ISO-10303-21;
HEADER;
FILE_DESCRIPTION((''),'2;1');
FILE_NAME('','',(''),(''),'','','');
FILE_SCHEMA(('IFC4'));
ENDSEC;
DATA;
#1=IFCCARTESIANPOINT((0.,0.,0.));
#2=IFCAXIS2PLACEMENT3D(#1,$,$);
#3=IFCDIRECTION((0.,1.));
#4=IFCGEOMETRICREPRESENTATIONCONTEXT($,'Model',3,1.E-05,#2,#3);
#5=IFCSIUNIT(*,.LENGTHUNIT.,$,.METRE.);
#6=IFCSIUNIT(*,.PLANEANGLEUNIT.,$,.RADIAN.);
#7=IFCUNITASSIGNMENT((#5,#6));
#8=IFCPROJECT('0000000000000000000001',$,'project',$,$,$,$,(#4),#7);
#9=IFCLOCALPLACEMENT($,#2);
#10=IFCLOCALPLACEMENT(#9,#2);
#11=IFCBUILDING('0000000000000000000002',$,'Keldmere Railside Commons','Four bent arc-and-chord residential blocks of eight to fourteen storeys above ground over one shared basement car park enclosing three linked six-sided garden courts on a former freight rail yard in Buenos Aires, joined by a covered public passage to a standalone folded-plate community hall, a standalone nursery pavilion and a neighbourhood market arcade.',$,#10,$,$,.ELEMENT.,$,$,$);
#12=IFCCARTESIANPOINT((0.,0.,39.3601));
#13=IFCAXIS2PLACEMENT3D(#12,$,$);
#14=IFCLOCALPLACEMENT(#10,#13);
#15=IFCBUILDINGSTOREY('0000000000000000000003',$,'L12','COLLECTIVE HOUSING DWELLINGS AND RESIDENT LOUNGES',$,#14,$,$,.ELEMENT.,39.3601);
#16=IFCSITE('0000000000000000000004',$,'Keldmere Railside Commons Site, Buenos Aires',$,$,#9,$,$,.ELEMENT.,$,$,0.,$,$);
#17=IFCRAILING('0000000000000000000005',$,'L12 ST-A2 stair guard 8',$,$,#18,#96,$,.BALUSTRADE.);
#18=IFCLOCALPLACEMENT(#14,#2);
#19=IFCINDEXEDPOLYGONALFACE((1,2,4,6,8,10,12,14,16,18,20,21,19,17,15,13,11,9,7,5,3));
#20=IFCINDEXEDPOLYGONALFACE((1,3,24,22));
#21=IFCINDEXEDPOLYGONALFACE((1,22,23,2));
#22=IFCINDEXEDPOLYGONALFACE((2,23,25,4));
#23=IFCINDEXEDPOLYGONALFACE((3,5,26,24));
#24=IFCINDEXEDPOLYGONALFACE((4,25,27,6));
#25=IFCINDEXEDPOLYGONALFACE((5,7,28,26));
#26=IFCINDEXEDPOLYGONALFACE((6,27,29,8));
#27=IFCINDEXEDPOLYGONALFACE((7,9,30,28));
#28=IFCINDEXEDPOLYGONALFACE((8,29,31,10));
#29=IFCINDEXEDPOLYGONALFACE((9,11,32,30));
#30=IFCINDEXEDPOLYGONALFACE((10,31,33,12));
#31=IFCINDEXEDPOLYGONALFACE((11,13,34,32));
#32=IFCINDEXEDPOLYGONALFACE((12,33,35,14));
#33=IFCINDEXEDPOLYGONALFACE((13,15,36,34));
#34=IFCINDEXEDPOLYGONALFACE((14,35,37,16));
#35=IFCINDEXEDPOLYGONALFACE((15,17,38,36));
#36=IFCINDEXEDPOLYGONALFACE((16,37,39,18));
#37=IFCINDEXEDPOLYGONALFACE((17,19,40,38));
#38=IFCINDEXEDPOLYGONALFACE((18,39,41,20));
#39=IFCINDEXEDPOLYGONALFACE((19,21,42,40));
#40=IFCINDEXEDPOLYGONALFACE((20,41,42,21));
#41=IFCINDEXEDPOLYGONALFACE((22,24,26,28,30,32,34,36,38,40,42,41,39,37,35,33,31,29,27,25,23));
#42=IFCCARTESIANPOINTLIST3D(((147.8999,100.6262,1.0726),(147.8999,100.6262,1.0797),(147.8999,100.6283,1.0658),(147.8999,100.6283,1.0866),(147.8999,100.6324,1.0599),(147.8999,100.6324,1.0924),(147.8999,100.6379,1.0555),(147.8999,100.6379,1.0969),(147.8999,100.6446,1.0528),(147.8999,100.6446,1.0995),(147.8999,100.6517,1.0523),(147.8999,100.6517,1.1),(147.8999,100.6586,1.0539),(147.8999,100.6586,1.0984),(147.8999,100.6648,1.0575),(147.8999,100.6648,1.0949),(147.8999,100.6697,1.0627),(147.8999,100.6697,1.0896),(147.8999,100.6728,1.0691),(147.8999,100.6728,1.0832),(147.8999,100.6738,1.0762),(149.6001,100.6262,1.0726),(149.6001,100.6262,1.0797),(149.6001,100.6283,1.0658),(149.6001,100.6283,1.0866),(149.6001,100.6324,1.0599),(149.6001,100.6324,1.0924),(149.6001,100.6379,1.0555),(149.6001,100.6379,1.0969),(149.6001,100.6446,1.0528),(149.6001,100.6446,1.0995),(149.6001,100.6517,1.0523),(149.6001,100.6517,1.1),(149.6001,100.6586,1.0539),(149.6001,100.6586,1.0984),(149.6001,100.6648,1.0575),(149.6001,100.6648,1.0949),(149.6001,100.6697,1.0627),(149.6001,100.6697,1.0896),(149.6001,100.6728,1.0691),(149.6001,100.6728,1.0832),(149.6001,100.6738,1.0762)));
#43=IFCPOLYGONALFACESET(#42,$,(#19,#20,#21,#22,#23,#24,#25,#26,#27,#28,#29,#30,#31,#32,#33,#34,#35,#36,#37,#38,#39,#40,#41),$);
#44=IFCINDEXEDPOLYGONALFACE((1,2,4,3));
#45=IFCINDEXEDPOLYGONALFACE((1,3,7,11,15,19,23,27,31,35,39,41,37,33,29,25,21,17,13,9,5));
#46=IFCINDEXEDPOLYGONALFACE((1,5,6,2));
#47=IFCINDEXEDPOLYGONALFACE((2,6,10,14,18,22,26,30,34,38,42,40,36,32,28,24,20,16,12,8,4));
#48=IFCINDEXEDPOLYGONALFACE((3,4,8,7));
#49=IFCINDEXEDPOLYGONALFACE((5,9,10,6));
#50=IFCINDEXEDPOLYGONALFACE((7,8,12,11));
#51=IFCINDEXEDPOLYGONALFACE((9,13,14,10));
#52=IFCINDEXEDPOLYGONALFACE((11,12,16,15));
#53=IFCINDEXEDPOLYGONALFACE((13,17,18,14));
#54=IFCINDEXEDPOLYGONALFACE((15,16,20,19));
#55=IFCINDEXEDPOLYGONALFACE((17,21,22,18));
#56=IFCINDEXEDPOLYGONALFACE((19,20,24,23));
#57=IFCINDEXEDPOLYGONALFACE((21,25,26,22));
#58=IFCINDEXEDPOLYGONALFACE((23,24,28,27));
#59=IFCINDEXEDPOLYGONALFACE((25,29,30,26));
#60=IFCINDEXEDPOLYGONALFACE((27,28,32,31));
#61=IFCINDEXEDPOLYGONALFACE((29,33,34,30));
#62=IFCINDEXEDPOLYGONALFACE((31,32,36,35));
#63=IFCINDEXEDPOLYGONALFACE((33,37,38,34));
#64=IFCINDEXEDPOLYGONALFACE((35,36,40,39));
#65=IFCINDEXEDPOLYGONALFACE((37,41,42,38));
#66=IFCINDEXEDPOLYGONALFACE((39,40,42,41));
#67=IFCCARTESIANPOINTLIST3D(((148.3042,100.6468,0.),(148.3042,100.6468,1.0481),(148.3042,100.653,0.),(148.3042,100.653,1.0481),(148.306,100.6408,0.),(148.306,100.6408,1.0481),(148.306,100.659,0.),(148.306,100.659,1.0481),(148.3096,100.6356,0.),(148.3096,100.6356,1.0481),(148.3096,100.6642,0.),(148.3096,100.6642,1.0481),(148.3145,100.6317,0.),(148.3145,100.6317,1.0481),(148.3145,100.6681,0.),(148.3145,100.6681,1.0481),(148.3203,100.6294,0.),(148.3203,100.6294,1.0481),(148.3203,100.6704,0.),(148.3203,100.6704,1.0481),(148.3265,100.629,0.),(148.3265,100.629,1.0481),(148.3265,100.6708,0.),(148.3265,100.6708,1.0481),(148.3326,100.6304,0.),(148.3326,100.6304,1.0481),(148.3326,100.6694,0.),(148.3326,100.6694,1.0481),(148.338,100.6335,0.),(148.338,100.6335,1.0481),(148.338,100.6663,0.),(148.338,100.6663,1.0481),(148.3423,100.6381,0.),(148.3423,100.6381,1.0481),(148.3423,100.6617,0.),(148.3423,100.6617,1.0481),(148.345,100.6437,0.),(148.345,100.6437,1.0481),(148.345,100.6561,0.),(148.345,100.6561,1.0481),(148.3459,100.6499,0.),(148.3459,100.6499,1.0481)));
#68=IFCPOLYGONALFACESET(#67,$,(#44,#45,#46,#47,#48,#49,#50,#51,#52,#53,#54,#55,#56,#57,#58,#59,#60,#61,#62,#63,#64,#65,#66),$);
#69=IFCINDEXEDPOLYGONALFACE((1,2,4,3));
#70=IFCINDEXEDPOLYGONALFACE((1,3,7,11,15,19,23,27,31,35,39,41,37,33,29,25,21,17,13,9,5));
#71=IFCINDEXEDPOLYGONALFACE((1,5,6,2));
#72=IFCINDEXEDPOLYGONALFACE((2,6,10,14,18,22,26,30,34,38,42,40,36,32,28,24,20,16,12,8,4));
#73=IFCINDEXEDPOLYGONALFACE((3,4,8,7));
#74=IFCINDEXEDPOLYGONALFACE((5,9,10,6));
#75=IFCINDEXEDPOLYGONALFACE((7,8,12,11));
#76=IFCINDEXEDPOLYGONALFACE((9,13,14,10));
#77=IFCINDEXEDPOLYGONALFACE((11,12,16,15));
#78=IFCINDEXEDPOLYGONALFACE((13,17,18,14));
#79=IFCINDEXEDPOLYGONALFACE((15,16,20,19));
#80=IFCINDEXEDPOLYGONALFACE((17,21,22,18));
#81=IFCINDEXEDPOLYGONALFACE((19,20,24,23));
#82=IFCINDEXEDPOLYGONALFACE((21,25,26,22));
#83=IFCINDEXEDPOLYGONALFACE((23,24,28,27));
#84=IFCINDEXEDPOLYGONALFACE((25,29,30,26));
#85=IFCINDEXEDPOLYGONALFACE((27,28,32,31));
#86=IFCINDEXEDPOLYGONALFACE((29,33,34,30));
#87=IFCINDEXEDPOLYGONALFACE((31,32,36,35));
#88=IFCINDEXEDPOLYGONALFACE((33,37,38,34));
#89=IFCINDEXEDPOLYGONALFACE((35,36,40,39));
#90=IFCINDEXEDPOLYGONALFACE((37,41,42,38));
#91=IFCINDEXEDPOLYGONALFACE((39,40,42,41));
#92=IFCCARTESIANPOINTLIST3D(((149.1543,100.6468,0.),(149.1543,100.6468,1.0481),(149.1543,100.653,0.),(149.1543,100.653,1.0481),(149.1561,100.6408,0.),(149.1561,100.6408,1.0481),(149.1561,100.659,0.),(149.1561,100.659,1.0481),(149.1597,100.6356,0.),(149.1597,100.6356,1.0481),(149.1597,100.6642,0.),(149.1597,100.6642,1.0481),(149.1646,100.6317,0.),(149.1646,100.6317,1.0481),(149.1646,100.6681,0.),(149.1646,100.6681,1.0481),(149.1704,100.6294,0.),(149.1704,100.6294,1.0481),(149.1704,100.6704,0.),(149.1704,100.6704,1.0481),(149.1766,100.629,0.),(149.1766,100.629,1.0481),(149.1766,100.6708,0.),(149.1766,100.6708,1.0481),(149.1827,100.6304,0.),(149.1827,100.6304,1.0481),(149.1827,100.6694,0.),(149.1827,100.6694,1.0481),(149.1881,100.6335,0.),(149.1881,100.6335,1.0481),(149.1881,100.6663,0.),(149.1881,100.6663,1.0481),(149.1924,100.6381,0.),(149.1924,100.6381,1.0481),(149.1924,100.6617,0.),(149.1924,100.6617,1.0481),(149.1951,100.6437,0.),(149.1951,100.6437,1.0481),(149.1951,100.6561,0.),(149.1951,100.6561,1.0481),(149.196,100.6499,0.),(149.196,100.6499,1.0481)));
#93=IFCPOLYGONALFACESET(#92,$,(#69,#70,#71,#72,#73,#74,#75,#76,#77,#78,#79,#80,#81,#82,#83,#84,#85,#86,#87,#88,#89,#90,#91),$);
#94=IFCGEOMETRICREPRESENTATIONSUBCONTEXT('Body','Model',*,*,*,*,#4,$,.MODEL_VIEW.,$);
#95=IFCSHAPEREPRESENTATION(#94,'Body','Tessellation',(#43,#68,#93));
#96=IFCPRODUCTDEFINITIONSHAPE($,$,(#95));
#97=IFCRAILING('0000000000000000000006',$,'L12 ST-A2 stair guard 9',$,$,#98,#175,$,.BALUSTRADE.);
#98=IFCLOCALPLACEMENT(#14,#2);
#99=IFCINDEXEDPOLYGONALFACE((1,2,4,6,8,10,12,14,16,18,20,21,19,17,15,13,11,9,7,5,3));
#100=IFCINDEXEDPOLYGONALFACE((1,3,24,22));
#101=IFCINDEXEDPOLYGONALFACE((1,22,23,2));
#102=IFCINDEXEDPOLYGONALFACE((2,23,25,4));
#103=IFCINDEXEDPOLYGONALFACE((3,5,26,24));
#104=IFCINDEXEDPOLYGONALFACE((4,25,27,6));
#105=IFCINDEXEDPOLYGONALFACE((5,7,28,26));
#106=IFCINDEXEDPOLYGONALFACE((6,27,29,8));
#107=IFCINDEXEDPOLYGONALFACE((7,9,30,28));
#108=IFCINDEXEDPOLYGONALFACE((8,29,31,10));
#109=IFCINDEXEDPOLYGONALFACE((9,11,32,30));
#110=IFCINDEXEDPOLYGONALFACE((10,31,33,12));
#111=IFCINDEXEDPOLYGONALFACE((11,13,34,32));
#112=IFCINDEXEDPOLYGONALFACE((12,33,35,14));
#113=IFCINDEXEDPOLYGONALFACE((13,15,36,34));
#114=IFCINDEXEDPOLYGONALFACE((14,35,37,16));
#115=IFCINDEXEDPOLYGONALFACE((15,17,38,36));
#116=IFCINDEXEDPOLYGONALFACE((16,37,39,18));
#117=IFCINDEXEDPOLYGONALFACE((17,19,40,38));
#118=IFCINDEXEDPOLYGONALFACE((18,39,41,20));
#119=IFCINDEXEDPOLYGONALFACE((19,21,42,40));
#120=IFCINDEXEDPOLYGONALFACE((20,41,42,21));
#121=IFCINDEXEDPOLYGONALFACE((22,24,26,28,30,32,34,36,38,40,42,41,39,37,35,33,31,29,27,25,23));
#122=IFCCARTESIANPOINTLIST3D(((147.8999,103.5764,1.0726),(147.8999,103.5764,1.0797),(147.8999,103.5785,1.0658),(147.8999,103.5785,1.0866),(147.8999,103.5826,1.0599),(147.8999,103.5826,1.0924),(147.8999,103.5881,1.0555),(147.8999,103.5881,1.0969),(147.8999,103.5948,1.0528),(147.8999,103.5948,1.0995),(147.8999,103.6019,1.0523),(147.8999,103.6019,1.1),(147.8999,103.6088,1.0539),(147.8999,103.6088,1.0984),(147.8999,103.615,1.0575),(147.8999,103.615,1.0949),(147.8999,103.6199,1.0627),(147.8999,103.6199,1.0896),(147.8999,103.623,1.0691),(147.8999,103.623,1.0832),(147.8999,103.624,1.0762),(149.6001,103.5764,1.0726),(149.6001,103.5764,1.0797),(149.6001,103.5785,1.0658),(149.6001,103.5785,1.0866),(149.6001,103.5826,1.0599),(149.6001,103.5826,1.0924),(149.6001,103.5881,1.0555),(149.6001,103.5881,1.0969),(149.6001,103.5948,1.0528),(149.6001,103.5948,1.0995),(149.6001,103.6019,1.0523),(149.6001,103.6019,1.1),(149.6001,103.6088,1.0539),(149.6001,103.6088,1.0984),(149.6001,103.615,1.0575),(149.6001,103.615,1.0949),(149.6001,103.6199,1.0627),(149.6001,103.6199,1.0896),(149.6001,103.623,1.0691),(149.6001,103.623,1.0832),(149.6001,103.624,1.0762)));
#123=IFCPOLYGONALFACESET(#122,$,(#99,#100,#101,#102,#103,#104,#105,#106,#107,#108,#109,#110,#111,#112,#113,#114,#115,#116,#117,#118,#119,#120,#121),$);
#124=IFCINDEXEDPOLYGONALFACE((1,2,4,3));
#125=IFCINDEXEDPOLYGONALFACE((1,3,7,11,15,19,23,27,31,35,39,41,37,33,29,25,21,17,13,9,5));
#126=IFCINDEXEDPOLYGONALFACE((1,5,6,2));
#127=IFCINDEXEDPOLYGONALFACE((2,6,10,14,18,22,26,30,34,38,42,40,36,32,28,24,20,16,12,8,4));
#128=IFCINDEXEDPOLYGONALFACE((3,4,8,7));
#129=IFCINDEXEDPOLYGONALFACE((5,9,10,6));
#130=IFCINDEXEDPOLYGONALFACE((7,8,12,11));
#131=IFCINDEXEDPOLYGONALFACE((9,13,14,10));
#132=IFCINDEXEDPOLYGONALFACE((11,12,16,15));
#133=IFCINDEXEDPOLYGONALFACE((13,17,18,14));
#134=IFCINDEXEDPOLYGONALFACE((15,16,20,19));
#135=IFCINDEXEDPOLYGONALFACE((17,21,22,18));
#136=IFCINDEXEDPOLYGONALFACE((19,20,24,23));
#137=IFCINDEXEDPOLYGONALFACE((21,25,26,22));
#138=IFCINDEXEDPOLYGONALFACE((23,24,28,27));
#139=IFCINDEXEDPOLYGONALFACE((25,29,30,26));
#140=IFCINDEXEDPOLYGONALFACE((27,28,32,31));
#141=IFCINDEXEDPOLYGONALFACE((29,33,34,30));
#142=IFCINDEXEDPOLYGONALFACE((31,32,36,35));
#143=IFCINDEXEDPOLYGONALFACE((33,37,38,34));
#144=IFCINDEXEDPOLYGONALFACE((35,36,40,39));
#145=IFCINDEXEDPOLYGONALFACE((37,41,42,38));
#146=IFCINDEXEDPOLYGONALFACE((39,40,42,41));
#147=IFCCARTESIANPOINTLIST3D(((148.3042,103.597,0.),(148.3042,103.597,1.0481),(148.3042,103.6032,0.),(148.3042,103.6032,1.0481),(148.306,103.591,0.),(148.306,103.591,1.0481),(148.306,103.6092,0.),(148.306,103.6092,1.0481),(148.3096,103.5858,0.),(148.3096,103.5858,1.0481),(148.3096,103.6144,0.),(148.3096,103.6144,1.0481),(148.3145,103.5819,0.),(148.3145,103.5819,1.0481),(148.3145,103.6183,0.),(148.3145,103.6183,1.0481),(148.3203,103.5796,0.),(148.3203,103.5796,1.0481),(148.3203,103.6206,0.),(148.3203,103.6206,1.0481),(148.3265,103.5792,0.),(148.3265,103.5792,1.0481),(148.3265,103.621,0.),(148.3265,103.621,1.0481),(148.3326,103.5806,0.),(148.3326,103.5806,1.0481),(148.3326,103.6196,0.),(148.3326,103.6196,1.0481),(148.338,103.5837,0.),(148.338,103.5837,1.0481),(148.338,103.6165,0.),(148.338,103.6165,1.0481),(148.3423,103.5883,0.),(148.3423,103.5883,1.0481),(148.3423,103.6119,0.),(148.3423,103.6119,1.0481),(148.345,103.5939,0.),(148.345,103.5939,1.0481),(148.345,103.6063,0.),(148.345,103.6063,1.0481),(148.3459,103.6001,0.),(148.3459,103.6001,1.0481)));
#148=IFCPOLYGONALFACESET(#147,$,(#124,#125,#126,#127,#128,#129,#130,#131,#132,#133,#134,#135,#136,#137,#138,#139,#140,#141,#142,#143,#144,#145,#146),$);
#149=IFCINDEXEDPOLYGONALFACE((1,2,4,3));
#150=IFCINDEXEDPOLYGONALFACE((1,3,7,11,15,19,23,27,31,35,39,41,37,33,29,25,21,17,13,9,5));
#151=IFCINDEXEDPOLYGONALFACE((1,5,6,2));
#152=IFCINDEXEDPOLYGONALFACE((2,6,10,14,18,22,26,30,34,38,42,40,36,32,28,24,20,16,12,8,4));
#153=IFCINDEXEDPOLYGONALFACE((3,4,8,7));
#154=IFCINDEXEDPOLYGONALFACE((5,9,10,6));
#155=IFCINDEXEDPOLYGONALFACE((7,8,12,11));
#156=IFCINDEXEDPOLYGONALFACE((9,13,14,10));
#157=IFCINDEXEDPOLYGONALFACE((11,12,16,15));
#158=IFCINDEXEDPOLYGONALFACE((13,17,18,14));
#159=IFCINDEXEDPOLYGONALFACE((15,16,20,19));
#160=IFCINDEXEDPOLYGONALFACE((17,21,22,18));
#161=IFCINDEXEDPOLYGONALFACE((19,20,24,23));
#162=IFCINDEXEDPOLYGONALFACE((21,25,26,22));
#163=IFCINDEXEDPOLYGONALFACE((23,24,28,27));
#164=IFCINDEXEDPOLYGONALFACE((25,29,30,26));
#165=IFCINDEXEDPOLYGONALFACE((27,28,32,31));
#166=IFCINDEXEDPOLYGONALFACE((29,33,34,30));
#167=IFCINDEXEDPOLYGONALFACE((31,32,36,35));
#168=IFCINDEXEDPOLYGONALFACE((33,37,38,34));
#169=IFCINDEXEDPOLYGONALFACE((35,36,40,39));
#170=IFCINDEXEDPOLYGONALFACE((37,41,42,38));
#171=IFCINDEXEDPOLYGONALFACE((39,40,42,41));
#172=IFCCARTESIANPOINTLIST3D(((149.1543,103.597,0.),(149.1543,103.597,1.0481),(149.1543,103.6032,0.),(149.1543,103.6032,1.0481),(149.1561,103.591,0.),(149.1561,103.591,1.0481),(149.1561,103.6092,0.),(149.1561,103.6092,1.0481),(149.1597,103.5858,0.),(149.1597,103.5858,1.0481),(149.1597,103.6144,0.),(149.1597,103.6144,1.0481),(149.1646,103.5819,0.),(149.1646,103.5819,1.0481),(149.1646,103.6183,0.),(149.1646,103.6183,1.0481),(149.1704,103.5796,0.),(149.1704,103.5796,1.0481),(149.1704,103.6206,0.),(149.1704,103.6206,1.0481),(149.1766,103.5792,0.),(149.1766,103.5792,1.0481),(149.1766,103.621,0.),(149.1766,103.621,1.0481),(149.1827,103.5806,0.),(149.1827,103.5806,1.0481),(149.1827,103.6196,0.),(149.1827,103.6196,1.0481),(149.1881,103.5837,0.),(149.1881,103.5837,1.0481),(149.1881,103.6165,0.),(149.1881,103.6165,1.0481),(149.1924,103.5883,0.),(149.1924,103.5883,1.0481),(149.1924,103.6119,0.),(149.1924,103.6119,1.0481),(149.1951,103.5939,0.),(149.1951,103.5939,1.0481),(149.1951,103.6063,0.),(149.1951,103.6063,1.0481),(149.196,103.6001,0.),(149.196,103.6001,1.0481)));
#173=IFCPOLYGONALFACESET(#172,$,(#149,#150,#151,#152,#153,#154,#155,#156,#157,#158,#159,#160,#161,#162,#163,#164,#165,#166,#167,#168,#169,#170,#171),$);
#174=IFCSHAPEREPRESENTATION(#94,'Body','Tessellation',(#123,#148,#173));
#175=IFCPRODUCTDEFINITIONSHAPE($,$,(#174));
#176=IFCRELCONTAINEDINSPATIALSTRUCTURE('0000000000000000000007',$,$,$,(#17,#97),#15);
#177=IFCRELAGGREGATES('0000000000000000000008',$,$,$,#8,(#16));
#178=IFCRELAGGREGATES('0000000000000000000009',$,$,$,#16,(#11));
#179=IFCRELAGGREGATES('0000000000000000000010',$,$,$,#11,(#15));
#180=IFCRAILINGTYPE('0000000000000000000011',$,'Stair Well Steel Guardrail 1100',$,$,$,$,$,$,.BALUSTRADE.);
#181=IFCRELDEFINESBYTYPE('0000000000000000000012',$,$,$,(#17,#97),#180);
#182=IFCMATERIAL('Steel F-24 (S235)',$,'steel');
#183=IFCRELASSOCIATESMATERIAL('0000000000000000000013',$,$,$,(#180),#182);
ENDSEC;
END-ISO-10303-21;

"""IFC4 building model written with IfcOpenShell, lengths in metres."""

from ifc_helpers import new_model, si_unit, direction, frame, origin, origin_2d, place, context, subcontext, project, spatial, circle, extrude, material, type_object, element, save


model = new_model("IFC4")

# Units and contexts
model_context = context("Model", 3, precision=1e-05, world=origin(), true_north=direction((0.0, 1.0)))
body_context = subcontext(model_context, "Body", "Model", "MODEL_VIEW")
ifc_project = project(units=[si_unit("LENGTHUNIT", "METRE"), si_unit("PLANEANGLEUNIT", "RADIAN")], contexts=[model_context])

# Site, building, storey
site_placement = place(None, origin())
site = spatial("IfcSite", under=ifc_project, at=site_placement, Name="Keldmere Railside Commons Site, Buenos Aires", CompositionType="ELEMENT", RefElevation=0.0)
building_placement = place(site_placement, origin())
building = spatial("IfcBuilding", under=site, at=building_placement, Name="Keldmere Railside Commons", Description="Four bent arc-and-chord residential blocks of eight to fourteen storeys above ground over one shared basement car park enclosing three linked six-sided garden courts on a former freight rail yard in Buenos Aires, joined by a covered public passage to a standalone folded-plate community hall, a standalone nursery pavilion and a neighbourhood market arcade.", CompositionType="ELEMENT")
storey_placement = place(building_placement, frame((0.0, 0.0, 39.3601)))
storey = spatial("IfcBuildingStorey", under=building, at=storey_placement, Name="L12", Description="COLLECTIVE HOUSING DWELLINGS AND RESIDENT LOUNGES", CompositionType="ELEMENT", Elevation=39.3601)

# Railings
ifc_material_1 = material(Name="Steel F-24 (S235)", Category="steel")
railing_type_1 = type_object("IfcRailingType", Name="Stair Well Steel Guardrail 1100", PredefinedType="BALUSTRADE", material=ifc_material_1)
for number, where, name in (
    (1, (147.8999, 100.6499, 0.0), "L12 ST-A2 stair guard 8"),
    (2, (147.8999, 103.6001, 0.0), "L12 ST-A2 stair guard 9"),
):
    element("IfcRailing", number, at=place(storey_placement, frame(where)), inside=storey, type_object=railing_type_1, Name=name, PredefinedType="BALUSTRADE", context=body_context, shape_type="SweptSolid", body=[
        extrude(circle(Radius=0.0239, at=origin_2d()), frame((0.0, 0.0, 1.0762), z_axis=(1.0, 0.0, 0.0), x_axis=(0.0, 1.0, 0.0)), (0.0, 0.0, 1.0), 1.7002),
        extrude(circle(Radius=0.021, at=origin_2d()), frame((0.425, 0.0, 0.0)), (0.0, 0.0, 1.0), 1.0481),
        extrude(circle(Radius=0.021, at=origin_2d()), frame((1.2751, 0.0, 0.0)), (0.0, 0.0, 1.0), 1.0481),
    ])

save(model, "model.ifc")
